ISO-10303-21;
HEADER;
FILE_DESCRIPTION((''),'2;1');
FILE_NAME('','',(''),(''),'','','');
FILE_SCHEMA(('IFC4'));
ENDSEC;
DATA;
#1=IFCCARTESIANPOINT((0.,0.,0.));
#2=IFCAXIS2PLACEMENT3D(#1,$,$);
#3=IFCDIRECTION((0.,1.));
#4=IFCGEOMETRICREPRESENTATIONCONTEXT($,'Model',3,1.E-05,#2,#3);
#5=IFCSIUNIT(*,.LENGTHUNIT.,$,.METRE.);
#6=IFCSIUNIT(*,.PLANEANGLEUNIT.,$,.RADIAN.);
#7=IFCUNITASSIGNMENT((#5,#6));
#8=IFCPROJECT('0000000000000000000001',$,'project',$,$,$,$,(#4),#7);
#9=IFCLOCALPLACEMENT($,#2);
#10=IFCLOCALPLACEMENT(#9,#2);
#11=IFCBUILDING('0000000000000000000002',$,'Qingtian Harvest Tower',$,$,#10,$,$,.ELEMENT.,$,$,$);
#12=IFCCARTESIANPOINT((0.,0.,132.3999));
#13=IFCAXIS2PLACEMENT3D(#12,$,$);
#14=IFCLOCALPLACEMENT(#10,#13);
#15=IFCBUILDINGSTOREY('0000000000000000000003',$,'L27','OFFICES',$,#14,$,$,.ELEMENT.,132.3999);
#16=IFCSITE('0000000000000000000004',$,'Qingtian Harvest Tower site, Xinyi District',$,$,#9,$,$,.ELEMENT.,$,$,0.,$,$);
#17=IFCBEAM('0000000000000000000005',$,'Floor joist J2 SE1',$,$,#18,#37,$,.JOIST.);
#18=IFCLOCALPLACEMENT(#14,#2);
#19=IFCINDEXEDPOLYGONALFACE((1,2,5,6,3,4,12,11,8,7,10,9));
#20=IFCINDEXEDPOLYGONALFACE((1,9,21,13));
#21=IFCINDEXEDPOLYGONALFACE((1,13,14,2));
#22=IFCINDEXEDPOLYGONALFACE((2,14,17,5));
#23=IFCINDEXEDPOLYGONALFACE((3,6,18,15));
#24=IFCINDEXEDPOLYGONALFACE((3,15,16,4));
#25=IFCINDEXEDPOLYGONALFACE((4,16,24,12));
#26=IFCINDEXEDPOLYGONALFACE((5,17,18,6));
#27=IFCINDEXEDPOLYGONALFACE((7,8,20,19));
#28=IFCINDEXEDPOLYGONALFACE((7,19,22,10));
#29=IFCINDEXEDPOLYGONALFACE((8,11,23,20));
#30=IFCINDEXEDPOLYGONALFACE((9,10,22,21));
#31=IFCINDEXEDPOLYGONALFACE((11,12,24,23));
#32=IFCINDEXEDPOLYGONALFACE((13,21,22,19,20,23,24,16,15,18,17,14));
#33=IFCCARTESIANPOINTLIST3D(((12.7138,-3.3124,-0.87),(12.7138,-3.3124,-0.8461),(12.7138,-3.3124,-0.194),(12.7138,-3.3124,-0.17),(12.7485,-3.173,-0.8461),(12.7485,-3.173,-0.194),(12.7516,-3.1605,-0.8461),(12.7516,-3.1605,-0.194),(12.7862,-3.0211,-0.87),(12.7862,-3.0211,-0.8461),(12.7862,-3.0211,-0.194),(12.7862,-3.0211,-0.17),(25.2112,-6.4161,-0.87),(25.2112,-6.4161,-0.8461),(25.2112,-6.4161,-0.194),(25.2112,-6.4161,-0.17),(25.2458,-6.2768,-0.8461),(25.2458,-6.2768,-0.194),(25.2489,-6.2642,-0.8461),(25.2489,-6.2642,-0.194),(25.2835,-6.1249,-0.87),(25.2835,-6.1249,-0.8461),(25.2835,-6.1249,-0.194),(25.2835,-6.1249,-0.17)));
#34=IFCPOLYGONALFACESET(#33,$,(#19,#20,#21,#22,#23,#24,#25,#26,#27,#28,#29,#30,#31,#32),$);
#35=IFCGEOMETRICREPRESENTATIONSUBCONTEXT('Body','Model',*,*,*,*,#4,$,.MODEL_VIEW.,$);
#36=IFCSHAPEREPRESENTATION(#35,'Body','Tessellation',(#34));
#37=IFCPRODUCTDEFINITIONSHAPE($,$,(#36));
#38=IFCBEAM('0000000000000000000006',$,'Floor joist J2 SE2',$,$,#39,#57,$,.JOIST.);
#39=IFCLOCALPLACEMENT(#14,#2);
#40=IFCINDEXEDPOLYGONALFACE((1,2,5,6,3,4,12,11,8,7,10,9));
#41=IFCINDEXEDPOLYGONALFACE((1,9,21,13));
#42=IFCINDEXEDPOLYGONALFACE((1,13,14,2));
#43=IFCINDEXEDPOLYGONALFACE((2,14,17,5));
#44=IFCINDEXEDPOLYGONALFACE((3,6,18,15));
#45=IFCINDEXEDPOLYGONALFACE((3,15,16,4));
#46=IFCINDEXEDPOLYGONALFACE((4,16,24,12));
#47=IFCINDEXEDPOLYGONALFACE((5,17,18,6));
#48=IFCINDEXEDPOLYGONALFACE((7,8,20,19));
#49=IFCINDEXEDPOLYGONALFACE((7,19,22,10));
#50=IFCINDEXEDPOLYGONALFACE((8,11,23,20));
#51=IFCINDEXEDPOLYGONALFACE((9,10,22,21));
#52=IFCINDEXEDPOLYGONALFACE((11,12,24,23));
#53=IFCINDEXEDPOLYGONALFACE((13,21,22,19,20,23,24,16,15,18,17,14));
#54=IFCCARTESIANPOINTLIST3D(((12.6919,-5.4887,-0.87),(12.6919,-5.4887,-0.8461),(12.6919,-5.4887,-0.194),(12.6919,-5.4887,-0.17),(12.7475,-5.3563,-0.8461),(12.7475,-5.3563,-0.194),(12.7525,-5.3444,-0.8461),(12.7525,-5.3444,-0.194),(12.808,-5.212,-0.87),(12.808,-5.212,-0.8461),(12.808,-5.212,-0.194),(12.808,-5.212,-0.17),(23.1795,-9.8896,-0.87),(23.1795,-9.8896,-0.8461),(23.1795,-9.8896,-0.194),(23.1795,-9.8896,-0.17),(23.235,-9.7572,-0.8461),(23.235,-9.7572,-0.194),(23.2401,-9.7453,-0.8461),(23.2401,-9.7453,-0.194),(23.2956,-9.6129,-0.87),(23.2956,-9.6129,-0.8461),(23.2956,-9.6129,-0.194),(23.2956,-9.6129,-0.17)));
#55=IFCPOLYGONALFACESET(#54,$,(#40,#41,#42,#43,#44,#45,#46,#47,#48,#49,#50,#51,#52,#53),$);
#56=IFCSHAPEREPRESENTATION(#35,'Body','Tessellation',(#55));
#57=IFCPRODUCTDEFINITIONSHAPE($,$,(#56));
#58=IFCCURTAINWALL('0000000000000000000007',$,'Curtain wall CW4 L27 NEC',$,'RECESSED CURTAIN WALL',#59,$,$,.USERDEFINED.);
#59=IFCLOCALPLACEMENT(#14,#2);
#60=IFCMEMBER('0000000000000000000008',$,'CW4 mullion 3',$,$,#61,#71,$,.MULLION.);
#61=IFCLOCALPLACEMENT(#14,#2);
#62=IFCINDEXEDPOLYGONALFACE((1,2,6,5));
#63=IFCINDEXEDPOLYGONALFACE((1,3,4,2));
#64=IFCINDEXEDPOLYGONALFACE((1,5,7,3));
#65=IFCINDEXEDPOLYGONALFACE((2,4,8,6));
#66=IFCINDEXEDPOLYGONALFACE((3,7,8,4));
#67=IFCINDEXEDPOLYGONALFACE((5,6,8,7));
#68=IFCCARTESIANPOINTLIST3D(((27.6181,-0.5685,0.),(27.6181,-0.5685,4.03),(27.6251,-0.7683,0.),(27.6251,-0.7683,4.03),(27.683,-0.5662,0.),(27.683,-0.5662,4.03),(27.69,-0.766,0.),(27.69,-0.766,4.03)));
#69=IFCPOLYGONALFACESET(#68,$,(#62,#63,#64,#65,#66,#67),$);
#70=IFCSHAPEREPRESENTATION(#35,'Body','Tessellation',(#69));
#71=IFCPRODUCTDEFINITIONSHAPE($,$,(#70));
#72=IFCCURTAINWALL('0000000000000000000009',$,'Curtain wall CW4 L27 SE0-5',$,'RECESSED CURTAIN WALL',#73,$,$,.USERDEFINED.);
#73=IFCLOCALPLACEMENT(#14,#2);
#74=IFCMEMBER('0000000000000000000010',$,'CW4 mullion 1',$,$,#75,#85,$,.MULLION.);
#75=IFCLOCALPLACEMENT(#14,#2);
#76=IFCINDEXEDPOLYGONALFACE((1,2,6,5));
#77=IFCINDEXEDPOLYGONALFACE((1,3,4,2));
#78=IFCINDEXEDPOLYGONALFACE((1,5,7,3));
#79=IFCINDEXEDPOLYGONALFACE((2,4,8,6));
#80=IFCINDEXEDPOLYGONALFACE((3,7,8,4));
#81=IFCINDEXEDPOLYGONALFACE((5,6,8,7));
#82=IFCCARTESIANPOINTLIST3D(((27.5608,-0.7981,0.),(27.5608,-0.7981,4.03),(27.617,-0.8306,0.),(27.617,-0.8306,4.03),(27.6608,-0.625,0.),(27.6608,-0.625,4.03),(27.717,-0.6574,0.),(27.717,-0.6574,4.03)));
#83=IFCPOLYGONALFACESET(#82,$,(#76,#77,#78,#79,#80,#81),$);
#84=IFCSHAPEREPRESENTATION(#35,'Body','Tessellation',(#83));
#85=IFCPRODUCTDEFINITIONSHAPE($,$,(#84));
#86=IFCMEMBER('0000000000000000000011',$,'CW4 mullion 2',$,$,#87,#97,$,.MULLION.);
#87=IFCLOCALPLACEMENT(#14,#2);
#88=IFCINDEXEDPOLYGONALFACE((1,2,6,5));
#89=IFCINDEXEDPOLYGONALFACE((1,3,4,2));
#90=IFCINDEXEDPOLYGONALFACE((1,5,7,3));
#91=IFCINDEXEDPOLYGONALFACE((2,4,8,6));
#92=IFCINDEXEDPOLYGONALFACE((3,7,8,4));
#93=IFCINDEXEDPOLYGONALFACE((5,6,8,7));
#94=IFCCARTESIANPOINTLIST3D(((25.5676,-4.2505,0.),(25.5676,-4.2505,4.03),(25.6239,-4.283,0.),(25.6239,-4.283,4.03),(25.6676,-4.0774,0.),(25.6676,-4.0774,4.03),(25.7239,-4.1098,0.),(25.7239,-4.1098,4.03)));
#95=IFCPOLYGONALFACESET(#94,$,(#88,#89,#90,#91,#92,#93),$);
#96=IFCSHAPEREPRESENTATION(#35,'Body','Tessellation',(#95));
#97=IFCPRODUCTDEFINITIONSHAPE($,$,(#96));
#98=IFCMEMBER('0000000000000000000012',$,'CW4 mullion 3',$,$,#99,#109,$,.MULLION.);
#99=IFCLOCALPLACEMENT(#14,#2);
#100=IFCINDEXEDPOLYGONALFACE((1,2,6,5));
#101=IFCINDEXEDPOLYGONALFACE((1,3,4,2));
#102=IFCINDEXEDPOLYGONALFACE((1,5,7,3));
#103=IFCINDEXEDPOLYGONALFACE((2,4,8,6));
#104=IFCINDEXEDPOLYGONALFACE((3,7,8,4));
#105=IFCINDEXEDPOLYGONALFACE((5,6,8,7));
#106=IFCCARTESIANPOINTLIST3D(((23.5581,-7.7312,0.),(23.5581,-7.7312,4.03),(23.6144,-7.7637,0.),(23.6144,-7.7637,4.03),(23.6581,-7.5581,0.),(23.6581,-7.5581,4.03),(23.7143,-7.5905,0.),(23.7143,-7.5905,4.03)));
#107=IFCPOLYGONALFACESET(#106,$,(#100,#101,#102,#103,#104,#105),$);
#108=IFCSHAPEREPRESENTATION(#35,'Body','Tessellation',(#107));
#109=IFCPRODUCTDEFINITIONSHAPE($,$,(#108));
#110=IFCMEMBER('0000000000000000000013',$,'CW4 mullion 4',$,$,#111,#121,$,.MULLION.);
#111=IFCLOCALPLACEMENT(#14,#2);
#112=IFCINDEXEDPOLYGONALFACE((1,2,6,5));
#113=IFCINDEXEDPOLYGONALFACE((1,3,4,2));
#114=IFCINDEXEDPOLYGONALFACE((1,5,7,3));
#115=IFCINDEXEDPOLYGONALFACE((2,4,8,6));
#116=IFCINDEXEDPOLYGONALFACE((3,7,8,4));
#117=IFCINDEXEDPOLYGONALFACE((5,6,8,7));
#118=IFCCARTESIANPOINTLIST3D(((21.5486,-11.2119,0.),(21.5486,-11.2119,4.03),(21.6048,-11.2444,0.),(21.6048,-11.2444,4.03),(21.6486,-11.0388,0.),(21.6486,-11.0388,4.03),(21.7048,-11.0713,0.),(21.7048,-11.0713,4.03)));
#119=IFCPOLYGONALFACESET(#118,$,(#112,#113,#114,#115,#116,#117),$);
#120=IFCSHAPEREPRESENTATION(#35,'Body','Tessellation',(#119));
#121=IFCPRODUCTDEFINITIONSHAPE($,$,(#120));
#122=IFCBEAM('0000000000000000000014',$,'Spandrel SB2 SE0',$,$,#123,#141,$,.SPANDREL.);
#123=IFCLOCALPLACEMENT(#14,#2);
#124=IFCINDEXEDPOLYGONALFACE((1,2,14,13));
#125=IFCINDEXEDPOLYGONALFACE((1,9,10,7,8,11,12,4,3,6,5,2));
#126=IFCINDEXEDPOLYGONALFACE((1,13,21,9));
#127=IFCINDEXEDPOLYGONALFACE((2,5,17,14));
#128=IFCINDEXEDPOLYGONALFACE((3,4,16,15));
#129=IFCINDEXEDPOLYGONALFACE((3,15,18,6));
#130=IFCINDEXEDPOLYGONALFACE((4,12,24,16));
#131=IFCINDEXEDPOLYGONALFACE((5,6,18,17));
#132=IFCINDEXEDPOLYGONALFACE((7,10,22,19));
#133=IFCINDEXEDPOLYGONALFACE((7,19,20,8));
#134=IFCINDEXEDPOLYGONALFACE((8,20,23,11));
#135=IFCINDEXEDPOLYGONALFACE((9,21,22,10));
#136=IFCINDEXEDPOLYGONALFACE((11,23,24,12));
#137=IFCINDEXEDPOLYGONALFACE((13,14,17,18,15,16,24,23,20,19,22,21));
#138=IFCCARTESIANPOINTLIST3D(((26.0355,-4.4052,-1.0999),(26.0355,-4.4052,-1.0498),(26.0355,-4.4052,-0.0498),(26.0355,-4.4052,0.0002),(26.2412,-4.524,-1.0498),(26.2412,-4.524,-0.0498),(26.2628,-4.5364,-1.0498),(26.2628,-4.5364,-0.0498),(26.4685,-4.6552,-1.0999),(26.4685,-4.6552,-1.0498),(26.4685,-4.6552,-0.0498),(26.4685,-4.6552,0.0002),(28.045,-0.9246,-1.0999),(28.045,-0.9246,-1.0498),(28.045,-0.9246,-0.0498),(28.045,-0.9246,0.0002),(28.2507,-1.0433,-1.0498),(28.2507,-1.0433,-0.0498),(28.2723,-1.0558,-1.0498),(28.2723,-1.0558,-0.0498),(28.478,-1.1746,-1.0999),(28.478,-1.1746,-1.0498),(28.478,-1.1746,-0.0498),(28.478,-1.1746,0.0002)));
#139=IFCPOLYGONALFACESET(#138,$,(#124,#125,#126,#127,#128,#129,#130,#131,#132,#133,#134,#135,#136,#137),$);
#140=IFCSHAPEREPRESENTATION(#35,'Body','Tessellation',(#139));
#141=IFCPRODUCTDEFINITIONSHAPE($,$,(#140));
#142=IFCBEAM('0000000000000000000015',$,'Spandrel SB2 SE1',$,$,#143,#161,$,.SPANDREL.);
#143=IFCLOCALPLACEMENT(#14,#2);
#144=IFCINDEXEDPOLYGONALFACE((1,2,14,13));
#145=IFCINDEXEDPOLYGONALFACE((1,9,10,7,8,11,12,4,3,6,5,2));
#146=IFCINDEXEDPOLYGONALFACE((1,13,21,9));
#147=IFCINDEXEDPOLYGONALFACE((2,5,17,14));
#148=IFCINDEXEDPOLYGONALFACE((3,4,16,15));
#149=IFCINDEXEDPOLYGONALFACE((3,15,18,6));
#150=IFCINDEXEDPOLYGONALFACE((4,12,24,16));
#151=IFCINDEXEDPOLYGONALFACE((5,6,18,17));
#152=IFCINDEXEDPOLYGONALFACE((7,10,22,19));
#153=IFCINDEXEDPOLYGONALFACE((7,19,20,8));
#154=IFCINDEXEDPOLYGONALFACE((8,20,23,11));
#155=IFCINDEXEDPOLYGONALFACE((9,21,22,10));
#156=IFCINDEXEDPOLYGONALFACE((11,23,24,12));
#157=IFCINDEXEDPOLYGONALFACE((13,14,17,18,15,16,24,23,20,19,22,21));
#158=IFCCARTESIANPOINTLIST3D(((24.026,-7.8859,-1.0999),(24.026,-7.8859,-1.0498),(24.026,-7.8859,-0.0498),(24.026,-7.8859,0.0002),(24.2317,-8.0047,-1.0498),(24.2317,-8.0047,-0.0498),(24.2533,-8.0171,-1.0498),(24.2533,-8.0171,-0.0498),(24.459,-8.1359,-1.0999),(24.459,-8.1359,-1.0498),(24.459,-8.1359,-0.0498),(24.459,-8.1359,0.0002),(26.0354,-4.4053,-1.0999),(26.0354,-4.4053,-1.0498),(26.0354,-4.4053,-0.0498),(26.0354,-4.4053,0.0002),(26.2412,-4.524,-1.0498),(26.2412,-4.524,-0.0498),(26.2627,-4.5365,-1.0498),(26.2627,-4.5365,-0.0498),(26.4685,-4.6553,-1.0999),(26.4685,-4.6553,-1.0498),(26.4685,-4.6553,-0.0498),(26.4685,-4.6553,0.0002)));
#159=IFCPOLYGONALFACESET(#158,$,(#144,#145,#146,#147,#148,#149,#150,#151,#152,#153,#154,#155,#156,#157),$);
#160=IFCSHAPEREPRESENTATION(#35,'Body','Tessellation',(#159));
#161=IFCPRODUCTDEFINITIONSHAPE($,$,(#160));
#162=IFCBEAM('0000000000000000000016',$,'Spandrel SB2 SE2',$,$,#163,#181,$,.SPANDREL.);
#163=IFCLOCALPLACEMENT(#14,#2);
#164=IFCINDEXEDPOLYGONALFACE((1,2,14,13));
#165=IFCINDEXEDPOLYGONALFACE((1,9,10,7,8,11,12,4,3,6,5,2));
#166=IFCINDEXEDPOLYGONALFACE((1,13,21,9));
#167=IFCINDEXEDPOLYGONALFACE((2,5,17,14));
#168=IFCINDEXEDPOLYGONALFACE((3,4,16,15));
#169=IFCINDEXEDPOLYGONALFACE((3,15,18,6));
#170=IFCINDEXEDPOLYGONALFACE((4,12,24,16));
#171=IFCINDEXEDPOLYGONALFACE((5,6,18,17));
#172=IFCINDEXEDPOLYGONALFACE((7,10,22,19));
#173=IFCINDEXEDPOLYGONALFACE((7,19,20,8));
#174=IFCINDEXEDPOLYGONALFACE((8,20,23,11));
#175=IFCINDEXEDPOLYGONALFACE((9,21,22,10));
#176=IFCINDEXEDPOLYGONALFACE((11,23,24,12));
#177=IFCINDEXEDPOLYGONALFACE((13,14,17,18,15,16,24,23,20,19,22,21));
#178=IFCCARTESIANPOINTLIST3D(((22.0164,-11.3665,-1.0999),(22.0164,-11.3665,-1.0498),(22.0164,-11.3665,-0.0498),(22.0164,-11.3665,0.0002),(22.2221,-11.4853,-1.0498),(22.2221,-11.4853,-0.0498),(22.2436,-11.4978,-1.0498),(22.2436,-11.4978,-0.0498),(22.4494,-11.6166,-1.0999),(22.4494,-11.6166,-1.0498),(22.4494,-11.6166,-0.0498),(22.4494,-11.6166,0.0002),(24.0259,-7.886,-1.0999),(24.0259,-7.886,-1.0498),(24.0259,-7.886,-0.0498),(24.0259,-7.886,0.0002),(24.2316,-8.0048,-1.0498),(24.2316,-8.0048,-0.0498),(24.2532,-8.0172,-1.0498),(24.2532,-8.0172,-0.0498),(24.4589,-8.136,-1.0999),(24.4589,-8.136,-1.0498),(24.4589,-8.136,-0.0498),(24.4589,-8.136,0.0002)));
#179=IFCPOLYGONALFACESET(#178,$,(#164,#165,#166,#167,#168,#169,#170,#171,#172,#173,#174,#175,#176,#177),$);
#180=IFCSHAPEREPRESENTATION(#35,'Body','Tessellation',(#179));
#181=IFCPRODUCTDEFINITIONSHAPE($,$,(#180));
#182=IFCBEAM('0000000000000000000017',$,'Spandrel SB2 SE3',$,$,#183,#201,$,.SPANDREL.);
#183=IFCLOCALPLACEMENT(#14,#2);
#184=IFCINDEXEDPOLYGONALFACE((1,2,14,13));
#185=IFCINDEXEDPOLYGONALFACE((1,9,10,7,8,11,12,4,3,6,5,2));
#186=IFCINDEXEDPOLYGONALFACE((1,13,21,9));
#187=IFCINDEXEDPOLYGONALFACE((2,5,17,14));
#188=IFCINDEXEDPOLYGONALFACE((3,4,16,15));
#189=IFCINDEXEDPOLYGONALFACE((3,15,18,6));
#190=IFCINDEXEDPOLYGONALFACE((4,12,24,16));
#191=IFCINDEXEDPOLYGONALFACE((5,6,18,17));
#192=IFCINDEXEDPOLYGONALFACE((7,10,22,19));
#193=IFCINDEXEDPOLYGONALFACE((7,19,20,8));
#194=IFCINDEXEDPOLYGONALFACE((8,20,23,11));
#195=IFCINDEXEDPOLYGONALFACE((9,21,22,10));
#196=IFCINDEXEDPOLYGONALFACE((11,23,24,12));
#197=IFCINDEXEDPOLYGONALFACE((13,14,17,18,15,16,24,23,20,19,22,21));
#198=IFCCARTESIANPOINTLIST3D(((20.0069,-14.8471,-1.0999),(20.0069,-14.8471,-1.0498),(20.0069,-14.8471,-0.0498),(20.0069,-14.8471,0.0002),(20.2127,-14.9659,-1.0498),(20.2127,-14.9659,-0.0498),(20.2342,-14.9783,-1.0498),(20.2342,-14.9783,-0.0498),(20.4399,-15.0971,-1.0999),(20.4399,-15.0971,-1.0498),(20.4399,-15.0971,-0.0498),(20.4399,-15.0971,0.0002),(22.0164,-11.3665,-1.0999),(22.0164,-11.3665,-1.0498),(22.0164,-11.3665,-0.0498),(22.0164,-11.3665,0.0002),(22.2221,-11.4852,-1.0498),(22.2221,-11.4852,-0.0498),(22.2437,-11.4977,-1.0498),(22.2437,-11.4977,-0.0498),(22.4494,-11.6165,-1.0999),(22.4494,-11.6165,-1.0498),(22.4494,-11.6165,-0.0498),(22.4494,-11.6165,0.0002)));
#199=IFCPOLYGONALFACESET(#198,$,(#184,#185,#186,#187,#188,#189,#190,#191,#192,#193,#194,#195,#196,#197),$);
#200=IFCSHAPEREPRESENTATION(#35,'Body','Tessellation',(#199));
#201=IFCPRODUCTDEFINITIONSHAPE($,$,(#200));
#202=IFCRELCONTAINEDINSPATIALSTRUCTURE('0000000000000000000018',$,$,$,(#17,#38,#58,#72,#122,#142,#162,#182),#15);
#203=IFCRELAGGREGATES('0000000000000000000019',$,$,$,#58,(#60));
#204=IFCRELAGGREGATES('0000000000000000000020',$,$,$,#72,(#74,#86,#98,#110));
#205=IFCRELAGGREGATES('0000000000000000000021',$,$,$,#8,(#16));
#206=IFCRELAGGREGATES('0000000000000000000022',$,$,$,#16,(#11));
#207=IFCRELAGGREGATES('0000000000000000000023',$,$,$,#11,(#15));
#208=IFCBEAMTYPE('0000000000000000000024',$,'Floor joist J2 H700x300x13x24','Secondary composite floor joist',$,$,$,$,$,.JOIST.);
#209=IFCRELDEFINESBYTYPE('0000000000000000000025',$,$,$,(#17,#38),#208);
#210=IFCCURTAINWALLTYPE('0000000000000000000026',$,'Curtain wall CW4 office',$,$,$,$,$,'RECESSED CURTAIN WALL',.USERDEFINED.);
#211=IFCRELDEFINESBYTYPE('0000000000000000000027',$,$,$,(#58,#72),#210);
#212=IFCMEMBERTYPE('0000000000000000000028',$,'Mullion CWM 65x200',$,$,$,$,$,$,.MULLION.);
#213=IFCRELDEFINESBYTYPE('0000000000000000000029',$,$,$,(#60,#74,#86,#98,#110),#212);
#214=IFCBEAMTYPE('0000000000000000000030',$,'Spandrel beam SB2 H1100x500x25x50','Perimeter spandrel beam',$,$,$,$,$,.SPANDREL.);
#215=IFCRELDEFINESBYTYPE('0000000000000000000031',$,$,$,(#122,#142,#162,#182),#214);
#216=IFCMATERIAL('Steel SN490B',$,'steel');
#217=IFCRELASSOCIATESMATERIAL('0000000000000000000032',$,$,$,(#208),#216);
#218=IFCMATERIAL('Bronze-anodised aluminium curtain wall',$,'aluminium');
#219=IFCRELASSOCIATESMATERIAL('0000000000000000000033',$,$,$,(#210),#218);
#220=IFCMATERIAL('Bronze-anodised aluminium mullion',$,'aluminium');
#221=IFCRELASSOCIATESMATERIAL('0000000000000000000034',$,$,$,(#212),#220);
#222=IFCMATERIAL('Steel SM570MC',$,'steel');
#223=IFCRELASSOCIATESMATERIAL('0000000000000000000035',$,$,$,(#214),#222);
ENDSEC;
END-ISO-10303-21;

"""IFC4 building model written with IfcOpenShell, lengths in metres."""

from ifc_helpers import new_model, si_unit, direction, frame, origin, origin_2d, place, context, subcontext, project, spatial, rectangle, i_section, extrude, material, material_profile, profile_set, type_object, element, aggregate, save


model = new_model("IFC4")

# Units and contexts
model_context = context("Model", 3, precision=1e-05, world=origin(), true_north=direction((0.0, 1.0)))
body_context = subcontext(model_context, "Body", "Model", "MODEL_VIEW")
ifc_project = project(units=[si_unit("LENGTHUNIT", "METRE"), si_unit("PLANEANGLEUNIT", "RADIAN")], contexts=[model_context])

# Site, building, storey
site_placement = place(None, origin())
site = spatial("IfcSite", under=ifc_project, at=site_placement, Name="Qingtian Harvest Tower site, Xinyi District", CompositionType="ELEMENT", RefElevation=0.0)
building_placement = place(site_placement, origin())
building = spatial("IfcBuilding", under=site, at=building_placement, Name="Qingtian Harvest Tower", CompositionType="ELEMENT")
storey_placement = place(building_placement, frame((0.0, 0.0, 132.3999)))
storey = spatial("IfcBuildingStorey", under=building, at=storey_placement, Name="L27", Description="OFFICES", CompositionType="ELEMENT", Elevation=132.3999)

# Beams
ifc_material_1 = material(Name="Steel SN490B", Category="steel")
ifc_material_profile_1 = material_profile(ifc_material_1, i_section(OverallWidth=0.3, OverallDepth=0.7, WebThickness=0.0129, FlangeThickness=0.0239, at=origin_2d()), Name="H700x300x13x24")
ifc_profile_set_1 = profile_set([ifc_material_profile_1], Name="Steel SN490B")
beam_type_1 = type_object("IfcBeamType", Name="Floor joist J2 H700x300x13x24", Description="Secondary composite floor joist", PredefinedType="JOIST", material=ifc_profile_set_1)
beam_1_placement = place(storey_placement, frame((25.2473, -6.2705, -0.52), z_axis=(-0.970517, 0.241032, 0.0), x_axis=(-0.241032, -0.970517, 0.0)))
element("IfcBeam", 1, at=beam_1_placement, inside=storey, type_object=beam_type_1, Name="Floor joist J2 SE1", PredefinedType="JOIST", context=body_context, shape_type="SweptSolid", body=[
    extrude(i_section(OverallWidth=0.3, OverallDepth=0.7, WebThickness=0.0129, FlangeThickness=0.0239, at=origin_2d()), origin(), (0.0, 0.0, 1.0), 12.877),
])
beam_2_placement = place(storey_placement, frame((23.2375, -9.7512, -0.52), z_axis=(-0.922104, 0.386942, 0.0), x_axis=(-0.386942, -0.922104, 0.0)))
element("IfcBeam", 2, at=beam_2_placement, inside=storey, type_object=beam_type_1, Name="Floor joist J2 SE2", PredefinedType="JOIST", context=body_context, shape_type="SweptSolid", body=[
    extrude(i_section(OverallWidth=0.3, OverallDepth=0.7, WebThickness=0.0129, FlangeThickness=0.0239, at=origin_2d()), origin(), (0.0, 0.0, 1.0), 11.3735),
])

# Curtain wall, member
ifc_material_2 = material(Name="Bronze-anodised aluminium curtain wall", Category="aluminium")
curtain_wall_type = type_object("IfcCurtainWallType", Name="Curtain wall CW4 office", ElementType="RECESSED CURTAIN WALL", PredefinedType="USERDEFINED", material=ifc_material_2)
curtain_wall_1_placement = place(storey_placement, origin())
curtain_wall_1 = element("IfcCurtainWall", 3, at=curtain_wall_1_placement, inside=storey, type_object=curtain_wall_type, Name="Curtain wall CW4 L27 NEC", ObjectType="RECESSED CURTAIN WALL", PredefinedType="USERDEFINED")
ifc_material_3 = material(Name="Bronze-anodised aluminium mullion", Category="aluminium")
ifc_material_profile_2 = material_profile(ifc_material_3, rectangle(XDim=0.0649, YDim=0.2, at=origin_2d()), Name="AL 65x200")
ifc_profile_set_2 = profile_set([ifc_material_profile_2], Name="Bronze-anodised aluminium mullion")
member_type_1 = type_object("IfcMemberType", Name="Mullion CWM 65x200", PredefinedType="MULLION", material=ifc_profile_set_2)
member_1_placement = place(storey_placement, frame((27.6541, -0.6672, 0.0), z_axis=(0.0, 0.0, 1.0), x_axis=(0.999391, 0.034899, 0.0)))
member_1 = element("IfcMember", 4, at=member_1_placement, type_object=member_type_1, Name="CW4 mullion 3", PredefinedType="MULLION", context=body_context, shape_type="SweptSolid", body=[
    extrude(rectangle(XDim=0.0649, YDim=0.2, at=origin_2d()), origin(), (0.0, 0.0, 1.0), 4.03),
])
aggregate(curtain_wall_1, [member_1])

# Curtain wall, members
curtain_wall_2_placement = place(storey_placement, origin())
curtain_wall_2 = element("IfcCurtainWall", 5, at=curtain_wall_2_placement, inside=storey, type_object=curtain_wall_type, Name="Curtain wall CW4 L27 SE0-5", ObjectType="RECESSED CURTAIN WALL", PredefinedType="USERDEFINED")
member_2_placement = place(storey_placement, frame((27.6389, -0.7278, 0.0), z_axis=(0.0, 0.0, 1.0), x_axis=(0.866025, -0.5, 0.0)))
member_2 = element("IfcMember", 6, at=member_2_placement, type_object=member_type_1, Name="CW4 mullion 1", PredefinedType="MULLION", context=body_context, shape_type="SweptSolid", body=[
    extrude(rectangle(XDim=0.0649, YDim=0.2, at=origin_2d()), origin(), (0.0, 0.0, 1.0), 4.03),
])
member_3_placement = place(storey_placement, frame((25.6458, -4.1802, 0.0), z_axis=(0.0, 0.0, 1.0), x_axis=(0.866025, -0.5, 0.0)))
member_3 = element("IfcMember", 7, at=member_3_placement, type_object=member_type_1, Name="CW4 mullion 2", PredefinedType="MULLION", context=body_context, shape_type="SweptSolid", body=[
    extrude(rectangle(XDim=0.0649, YDim=0.2, at=origin_2d()), origin(), (0.0, 0.0, 1.0), 4.03),
])
member_4_placement = place(storey_placement, frame((23.6362, -7.6609, 0.0), z_axis=(0.0, 0.0, 1.0), x_axis=(0.866025, -0.5, 0.0)))
member_4 = element("IfcMember", 8, at=member_4_placement, type_object=member_type_1, Name="CW4 mullion 3", PredefinedType="MULLION", context=body_context, shape_type="SweptSolid", body=[
    extrude(rectangle(XDim=0.0649, YDim=0.2, at=origin_2d()), origin(), (0.0, 0.0, 1.0), 4.03),
])
member_5_placement = place(storey_placement, frame((21.6267, -11.1416, 0.0), z_axis=(0.0, 0.0, 1.0), x_axis=(0.866025, -0.5, 0.0)))
member_5 = element("IfcMember", 9, at=member_5_placement, type_object=member_type_1, Name="CW4 mullion 4", PredefinedType="MULLION", context=body_context, shape_type="SweptSolid", body=[
    extrude(rectangle(XDim=0.0649, YDim=0.2, at=origin_2d()), origin(), (0.0, 0.0, 1.0), 4.03),
])

# Beams
ifc_material_4 = material(Name="Steel SM570MC", Category="steel")
ifc_material_profile_3 = material_profile(ifc_material_4, i_section(OverallWidth=0.5, OverallDepth=1.1001, WebThickness=0.0249, FlangeThickness=0.05, at=origin_2d()), Name="H1100x500x25x50")
ifc_profile_set_3 = profile_set([ifc_material_profile_3], Name="Steel SM570MC")
beam_type_2 = type_object("IfcBeamType", Name="Spandrel beam SB2 H1100x500x25x50", Description="Perimeter spandrel beam", PredefinedType="SPANDREL", material=ifc_profile_set_3)
for number, where, z_axis, x_axis, name in (
    (10, (28.2615, -1.0496, -0.5498), (-0.499987, -0.866033, 0.0), (0.866033, -0.499987, 0.0), "Spandrel SB2 SE0"),
    (11, (26.252, -4.5303, -0.5498), (-0.499987, -0.866033, 0.0), (0.866033, -0.499987, 0.0), "Spandrel SB2 SE1"),
    (12, (24.2424, -8.011, -0.5498), (-0.500013, -0.866018, 0.0), (0.866018, -0.500013, 0.0), "Spandrel SB2 SE2"),
    (13, (22.2329, -11.4915, -0.5498), (-0.499987, -0.866033, 0.0), (0.866033, -0.499987, 0.0), "Spandrel SB2 SE3"),
):
    element("IfcBeam", number, at=place(storey_placement, frame(where, z_axis=z_axis, x_axis=x_axis)), inside=storey, type_object=beam_type_2, Name=name, PredefinedType="SPANDREL", context=body_context, shape_type="SweptSolid", body=[
        extrude(i_section(OverallWidth=0.5, OverallDepth=1.1001, WebThickness=0.0249, FlangeThickness=0.05, at=origin_2d()), origin(), (0.0, 0.0, 1.0), 4.019),
    ])

aggregate(curtain_wall_2, [member_2, member_3, member_4, member_5])

save(model, "model.ifc")
